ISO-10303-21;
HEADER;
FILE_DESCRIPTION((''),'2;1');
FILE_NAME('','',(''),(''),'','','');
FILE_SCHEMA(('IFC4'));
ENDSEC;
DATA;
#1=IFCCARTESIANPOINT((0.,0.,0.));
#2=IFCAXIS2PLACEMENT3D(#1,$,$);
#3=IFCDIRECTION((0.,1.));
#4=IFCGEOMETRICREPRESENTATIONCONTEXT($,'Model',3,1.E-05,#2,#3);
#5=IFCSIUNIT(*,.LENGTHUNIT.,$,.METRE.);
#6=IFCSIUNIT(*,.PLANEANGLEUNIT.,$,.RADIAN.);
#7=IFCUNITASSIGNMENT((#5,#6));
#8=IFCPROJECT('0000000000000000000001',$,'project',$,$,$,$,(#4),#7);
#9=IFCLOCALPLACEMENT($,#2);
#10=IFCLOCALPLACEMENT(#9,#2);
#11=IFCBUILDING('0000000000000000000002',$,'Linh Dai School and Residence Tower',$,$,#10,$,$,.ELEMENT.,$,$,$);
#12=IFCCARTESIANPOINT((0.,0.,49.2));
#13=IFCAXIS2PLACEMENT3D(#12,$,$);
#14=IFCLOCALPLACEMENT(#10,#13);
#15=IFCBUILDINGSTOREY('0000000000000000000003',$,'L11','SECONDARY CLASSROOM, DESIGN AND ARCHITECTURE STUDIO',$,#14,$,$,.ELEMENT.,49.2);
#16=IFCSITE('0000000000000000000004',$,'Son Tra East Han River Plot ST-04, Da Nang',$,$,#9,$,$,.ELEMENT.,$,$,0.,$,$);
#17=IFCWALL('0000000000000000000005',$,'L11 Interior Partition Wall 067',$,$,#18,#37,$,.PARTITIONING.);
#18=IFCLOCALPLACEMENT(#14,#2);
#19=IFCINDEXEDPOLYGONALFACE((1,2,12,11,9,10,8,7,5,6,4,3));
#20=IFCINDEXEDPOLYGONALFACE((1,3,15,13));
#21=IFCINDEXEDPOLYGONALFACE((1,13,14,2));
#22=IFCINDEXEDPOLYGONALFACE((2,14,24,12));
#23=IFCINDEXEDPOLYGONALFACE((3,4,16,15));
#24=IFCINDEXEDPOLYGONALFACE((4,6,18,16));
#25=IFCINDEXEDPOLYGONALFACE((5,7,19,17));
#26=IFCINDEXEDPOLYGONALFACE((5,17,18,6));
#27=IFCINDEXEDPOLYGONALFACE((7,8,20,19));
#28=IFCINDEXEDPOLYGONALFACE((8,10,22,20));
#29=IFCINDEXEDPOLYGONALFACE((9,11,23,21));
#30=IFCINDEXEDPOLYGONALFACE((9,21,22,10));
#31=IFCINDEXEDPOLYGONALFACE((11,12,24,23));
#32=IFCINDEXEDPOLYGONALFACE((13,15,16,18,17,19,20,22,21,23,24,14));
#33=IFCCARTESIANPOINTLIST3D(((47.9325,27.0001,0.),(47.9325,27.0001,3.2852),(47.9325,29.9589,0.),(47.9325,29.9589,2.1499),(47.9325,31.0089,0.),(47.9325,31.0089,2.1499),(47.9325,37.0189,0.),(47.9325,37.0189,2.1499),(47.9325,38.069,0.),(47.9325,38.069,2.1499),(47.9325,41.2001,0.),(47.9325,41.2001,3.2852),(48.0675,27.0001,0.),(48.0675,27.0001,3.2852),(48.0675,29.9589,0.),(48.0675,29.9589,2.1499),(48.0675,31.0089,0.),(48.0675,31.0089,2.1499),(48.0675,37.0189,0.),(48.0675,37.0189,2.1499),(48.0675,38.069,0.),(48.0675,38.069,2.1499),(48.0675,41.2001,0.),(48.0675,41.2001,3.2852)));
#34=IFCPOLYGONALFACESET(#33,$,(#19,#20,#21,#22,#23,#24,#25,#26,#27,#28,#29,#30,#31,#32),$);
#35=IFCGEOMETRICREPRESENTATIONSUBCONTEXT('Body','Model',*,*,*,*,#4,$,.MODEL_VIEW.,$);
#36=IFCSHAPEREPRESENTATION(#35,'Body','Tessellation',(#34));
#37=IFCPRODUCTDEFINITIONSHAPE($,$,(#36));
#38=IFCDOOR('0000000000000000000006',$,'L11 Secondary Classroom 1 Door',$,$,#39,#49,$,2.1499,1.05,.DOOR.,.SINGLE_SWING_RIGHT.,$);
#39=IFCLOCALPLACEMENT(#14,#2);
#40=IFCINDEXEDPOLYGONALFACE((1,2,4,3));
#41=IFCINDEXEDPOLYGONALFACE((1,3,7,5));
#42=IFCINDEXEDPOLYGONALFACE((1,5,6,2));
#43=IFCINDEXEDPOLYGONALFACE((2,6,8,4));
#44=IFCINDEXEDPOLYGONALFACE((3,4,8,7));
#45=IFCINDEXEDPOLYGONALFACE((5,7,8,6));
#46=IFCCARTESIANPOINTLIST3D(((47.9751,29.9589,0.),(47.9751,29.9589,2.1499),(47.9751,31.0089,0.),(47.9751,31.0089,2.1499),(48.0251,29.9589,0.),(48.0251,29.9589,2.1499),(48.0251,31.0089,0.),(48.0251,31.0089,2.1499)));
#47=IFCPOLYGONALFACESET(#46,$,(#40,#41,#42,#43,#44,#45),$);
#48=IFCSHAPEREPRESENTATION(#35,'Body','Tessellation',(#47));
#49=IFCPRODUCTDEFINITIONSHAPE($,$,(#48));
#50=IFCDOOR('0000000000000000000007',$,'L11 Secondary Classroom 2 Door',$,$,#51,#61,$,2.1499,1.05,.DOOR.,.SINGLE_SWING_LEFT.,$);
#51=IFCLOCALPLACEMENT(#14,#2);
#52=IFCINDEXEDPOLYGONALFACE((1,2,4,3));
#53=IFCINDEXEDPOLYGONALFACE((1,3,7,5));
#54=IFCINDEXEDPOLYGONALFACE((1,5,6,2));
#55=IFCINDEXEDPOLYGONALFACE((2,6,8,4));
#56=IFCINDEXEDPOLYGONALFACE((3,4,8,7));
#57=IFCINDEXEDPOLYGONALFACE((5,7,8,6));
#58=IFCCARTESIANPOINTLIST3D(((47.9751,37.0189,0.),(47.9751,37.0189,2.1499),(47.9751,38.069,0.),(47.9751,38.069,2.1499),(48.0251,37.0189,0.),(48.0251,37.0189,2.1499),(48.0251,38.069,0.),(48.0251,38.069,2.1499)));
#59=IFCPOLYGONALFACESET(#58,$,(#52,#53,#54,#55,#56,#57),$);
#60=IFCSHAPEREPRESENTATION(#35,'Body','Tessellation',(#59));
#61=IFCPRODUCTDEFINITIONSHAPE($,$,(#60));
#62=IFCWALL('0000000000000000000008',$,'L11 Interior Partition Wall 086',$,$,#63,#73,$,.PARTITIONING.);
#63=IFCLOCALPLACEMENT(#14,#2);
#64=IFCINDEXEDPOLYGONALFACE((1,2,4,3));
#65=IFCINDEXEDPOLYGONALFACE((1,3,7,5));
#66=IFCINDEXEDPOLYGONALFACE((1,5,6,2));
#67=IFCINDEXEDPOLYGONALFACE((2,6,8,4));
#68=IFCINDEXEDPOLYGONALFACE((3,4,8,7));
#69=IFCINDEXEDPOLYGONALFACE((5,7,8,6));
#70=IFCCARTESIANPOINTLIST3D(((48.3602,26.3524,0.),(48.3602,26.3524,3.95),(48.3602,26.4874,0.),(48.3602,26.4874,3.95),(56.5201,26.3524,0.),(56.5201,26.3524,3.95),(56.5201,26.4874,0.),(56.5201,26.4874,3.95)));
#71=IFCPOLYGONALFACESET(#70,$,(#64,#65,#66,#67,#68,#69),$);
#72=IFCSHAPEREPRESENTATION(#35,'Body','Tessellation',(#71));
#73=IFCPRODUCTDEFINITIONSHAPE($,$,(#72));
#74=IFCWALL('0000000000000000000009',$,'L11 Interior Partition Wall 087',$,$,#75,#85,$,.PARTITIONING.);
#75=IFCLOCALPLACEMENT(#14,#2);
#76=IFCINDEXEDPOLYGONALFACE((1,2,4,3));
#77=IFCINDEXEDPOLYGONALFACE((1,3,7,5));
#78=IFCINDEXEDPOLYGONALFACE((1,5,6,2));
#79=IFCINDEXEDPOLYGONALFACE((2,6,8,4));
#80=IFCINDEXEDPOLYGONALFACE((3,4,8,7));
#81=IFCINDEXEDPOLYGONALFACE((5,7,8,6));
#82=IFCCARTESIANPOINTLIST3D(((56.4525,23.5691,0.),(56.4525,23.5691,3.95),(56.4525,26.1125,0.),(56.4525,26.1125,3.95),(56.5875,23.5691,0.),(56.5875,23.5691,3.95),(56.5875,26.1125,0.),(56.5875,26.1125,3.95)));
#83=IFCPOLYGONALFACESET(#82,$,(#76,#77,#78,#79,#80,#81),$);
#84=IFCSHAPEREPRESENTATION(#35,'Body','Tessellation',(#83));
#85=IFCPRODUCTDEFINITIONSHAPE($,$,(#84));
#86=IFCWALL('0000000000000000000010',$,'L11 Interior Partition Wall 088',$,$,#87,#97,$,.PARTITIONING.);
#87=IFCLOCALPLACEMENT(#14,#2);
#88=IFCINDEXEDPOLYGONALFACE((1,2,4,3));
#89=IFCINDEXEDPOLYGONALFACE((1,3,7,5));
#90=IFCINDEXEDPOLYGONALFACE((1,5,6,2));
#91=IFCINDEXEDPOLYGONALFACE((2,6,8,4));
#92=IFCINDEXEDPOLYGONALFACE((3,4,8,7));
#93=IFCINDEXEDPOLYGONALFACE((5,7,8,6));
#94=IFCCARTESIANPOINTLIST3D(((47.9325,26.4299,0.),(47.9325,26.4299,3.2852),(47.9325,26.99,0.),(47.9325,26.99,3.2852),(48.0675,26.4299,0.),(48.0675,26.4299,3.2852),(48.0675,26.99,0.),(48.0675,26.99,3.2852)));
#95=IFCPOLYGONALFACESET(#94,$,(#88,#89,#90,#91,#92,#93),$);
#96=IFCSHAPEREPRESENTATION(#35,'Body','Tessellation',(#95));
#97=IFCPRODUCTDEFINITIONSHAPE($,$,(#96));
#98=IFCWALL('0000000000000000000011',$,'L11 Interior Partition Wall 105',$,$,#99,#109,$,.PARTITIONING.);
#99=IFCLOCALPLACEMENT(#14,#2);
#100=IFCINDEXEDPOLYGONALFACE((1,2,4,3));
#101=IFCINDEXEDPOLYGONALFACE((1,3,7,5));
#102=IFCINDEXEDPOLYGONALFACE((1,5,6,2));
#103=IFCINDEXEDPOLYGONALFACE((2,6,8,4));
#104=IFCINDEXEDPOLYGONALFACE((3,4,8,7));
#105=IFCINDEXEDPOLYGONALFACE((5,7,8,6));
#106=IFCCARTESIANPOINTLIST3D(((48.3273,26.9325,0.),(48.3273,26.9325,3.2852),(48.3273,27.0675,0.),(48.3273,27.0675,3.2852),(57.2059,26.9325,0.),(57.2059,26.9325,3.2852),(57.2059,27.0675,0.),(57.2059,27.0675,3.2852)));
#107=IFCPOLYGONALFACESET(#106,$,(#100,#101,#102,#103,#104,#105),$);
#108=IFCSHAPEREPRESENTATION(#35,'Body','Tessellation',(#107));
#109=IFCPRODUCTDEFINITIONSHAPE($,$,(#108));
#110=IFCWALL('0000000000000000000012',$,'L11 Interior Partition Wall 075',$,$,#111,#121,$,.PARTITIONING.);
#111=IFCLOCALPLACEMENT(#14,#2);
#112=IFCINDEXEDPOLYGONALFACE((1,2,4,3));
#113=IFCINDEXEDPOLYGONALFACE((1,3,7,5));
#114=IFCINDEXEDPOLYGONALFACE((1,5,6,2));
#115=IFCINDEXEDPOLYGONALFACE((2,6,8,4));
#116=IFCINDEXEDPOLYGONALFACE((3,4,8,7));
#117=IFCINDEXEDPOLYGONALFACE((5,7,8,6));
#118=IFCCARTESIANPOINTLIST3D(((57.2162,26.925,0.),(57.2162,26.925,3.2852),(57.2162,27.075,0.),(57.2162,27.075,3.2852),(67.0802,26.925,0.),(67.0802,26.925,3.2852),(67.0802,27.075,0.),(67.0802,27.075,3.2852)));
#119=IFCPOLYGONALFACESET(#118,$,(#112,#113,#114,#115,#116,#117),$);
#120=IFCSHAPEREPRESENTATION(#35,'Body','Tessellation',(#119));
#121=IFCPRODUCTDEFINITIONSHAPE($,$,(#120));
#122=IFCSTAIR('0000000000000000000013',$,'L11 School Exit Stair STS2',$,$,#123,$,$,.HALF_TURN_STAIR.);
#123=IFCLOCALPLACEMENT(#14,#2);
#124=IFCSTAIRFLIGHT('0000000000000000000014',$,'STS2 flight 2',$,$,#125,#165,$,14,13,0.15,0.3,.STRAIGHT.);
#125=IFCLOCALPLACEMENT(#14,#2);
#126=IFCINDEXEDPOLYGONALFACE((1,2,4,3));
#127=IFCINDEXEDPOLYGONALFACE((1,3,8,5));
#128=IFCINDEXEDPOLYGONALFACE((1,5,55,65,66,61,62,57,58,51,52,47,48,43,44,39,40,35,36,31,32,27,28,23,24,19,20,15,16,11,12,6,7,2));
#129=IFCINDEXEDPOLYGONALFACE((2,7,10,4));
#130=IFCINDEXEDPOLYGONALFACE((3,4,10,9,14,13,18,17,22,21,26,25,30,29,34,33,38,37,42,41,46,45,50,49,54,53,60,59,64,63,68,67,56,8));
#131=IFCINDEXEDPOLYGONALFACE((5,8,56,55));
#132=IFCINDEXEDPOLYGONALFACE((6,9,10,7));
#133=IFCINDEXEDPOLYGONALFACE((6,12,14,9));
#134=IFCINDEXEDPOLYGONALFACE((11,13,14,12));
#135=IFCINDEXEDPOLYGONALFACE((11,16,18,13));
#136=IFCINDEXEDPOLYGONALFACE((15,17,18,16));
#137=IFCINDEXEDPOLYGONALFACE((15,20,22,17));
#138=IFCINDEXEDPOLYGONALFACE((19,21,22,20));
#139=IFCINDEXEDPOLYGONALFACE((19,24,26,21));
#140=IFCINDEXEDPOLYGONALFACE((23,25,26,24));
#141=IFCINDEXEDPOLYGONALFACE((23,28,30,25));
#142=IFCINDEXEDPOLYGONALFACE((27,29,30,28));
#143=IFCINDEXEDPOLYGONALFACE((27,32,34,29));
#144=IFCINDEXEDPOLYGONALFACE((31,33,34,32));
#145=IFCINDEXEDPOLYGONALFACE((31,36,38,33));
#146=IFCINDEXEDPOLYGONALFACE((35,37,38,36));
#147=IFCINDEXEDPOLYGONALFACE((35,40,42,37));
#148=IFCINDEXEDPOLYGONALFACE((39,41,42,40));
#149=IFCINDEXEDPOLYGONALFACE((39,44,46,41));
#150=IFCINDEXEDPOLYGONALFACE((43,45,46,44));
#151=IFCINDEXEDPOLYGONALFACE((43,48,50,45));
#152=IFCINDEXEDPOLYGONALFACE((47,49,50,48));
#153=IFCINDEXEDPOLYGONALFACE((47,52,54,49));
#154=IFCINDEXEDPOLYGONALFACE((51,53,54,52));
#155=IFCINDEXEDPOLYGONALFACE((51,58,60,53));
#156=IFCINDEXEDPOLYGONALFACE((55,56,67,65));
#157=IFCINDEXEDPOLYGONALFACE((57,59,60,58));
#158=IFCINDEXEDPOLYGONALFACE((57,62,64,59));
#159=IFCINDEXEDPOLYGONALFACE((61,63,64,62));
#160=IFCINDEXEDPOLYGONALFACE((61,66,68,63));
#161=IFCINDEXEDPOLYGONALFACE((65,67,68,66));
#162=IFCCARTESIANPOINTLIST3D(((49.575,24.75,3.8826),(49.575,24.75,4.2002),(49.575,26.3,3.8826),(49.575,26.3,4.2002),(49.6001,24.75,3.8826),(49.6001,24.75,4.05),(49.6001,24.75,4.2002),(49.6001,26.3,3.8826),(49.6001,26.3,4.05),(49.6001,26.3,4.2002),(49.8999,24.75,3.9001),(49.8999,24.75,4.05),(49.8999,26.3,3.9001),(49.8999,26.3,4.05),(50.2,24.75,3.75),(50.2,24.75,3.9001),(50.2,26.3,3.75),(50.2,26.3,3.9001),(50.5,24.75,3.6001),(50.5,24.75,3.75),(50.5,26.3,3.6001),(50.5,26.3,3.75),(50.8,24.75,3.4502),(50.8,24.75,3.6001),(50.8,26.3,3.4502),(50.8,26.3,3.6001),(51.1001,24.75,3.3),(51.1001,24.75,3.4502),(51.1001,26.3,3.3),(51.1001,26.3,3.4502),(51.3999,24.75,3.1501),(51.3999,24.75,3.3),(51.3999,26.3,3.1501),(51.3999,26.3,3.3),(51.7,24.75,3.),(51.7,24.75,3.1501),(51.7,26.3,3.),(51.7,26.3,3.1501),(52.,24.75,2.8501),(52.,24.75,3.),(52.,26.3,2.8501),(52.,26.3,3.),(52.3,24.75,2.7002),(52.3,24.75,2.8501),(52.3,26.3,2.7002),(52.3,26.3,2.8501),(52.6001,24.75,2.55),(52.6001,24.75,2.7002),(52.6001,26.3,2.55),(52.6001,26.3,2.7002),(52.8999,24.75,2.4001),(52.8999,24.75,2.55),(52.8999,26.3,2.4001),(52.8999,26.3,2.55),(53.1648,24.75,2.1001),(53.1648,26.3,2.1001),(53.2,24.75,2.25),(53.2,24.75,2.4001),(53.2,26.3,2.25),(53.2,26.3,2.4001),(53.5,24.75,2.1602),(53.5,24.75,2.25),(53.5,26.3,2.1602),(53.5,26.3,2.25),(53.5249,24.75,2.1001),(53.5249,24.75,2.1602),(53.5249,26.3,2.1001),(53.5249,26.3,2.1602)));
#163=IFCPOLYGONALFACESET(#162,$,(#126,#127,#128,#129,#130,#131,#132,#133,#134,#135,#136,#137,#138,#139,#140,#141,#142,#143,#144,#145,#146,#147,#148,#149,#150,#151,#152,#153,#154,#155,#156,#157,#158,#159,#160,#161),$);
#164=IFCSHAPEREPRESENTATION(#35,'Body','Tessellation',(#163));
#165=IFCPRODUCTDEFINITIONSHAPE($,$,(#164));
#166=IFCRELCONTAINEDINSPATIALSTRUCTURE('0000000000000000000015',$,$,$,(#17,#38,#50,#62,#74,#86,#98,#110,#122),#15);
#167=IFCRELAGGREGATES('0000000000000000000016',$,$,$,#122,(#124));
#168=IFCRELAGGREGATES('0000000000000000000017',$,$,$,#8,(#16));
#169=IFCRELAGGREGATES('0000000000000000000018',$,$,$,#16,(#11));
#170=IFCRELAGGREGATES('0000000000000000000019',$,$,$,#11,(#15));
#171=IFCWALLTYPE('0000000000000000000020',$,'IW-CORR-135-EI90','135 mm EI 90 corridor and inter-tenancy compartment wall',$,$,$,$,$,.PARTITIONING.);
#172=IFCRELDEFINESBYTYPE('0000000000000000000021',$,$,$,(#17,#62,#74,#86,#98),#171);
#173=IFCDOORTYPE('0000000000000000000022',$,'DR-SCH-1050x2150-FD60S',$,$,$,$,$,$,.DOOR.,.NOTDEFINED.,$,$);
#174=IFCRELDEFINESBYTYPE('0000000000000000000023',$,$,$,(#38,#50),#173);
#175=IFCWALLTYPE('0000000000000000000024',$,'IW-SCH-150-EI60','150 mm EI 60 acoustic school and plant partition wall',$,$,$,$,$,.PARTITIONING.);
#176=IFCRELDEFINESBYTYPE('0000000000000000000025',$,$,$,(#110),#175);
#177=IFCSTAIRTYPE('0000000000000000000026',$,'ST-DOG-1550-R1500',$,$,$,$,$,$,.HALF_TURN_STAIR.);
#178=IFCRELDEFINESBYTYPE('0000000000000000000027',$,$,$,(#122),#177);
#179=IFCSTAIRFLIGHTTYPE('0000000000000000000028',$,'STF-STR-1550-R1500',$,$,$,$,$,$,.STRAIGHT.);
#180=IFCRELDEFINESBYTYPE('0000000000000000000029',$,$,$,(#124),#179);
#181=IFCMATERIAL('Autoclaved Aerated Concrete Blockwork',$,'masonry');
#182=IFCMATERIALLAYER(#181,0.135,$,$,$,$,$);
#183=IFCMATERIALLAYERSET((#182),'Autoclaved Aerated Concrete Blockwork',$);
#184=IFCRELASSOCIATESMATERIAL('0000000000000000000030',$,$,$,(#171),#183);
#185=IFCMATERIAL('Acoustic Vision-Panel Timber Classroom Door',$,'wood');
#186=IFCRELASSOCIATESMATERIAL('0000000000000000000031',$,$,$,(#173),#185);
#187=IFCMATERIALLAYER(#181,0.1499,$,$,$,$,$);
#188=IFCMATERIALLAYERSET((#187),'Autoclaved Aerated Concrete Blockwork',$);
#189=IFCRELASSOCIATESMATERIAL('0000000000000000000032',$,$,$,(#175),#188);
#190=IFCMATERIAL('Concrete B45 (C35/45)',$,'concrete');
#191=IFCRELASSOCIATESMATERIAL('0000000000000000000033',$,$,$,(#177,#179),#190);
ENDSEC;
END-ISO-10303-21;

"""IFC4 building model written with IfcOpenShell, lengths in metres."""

from ifc_helpers import new_model, si_unit, direction, frame, frame_2d, origin, origin_2d, place, context, subcontext, project, spatial, polyline, rectangle, outline, extrude, source, transform, mapped, material, layer, layer_set, type_object, element, fill, aggregate, save


model = new_model("IFC4")

# Units and contexts
model_context = context("Model", 3, precision=1e-05, world=origin(), true_north=direction((0.0, 1.0)))
body_context = subcontext(model_context, "Body", "Model", "MODEL_VIEW")
ifc_project = project(units=[si_unit("LENGTHUNIT", "METRE"), si_unit("PLANEANGLEUNIT", "RADIAN")], contexts=[model_context])

# Site, building, storey
site_placement = place(None, origin())
site = spatial("IfcSite", under=ifc_project, at=site_placement, Name="Son Tra East Han River Plot ST-04, Da Nang", CompositionType="ELEMENT", RefElevation=0.0)
building_placement = place(site_placement, origin())
building = spatial("IfcBuilding", under=site, at=building_placement, Name="Linh Dai School and Residence Tower", CompositionType="ELEMENT")
storey_placement = place(building_placement, frame((0.0, 0.0, 49.2)))
storey = spatial("IfcBuildingStorey", under=building, at=storey_placement, Name="L11", Description="SECONDARY CLASSROOM, DESIGN AND ARCHITECTURE STUDIO", CompositionType="ELEMENT", Elevation=49.2)

# Wall, openings, doors
ifc_material_1 = material(Name="Autoclaved Aerated Concrete Blockwork", Category="masonry")
ifc_layer_1 = layer(ifc_material_1, 0.135)
ifc_layer_set_1 = layer_set([ifc_layer_1], Name="Autoclaved Aerated Concrete Blockwork")
wall_type_1 = type_object("IfcWallType", Name="IW-CORR-135-EI90", Description="135 mm EI 90 corridor and inter-tenancy compartment wall", PredefinedType="PARTITIONING", material=ifc_layer_set_1)
wall_1_placement = place(storey_placement, frame((48.0, 27.0, 0.0), z_axis=(0.0, 0.0, 1.0), x_axis=(0.0, 1.0, 0.0)))
wall_1 = element("IfcWall", 1, at=wall_1_placement, inside=storey, type_object=wall_type_1, Name="L11 Interior Partition Wall 067", PredefinedType="PARTITIONING", context=body_context, shape_type="SweptSolid", body=[
    extrude(rectangle(XDim=14.2, YDim=0.135, at=frame_2d((7.1001, 0.0))), origin(), (0.0, 0.0, 1.0), 3.2852),
])
opening_1_placement = place(wall_1_placement, frame((2.959, 0.0, 0.0)))
opening_1 = element("IfcOpeningElement", 2, at=opening_1_placement, cuts=wall_1, PredefinedType="OPENING", context=body_context, shape_type="SweptSolid", body=[
    extrude(rectangle(XDim=1.05, YDim=2.1499, at=origin_2d()), frame((0.5249, 0.0776, 1.075), z_axis=(0.0, -1.0, 0.0), x_axis=(1.0, 0.0, 0.0)), (0.0, 0.0, 1.0), 0.155),
])
opening_2_placement = place(wall_1_placement, frame((10.019, 0.0, 0.0)))
opening_2 = element("IfcOpeningElement", 3, at=opening_2_placement, cuts=wall_1, PredefinedType="OPENING", context=body_context, shape_type="SweptSolid", body=[
    extrude(rectangle(XDim=1.05, YDim=2.1499, at=origin_2d()), frame((0.5249, 0.0776, 1.075), z_axis=(0.0, -1.0, 0.0), x_axis=(1.0, 0.0, 0.0)), (0.0, 0.0, 1.0), 0.155),
])
ifc_material_2 = material(Name="Acoustic Vision-Panel Timber Classroom Door", Category="wood")
door_type = type_object("IfcDoorType", Name="DR-SCH-1050x2150-FD60S", OperationType="NOTDEFINED", PredefinedType="DOOR", material=ifc_material_2)
shared_shape_1 = source(origin(), body_context, "Body", "SweptSolid", [
    extrude(rectangle(XDim=1.05, YDim=2.1499, at=origin_2d()), frame((0.5249, 0.0249, 1.075), z_axis=(0.0, -1.0, 0.0), x_axis=(1.0, 0.0, 0.0)), (0.0, 0.0, 1.0), 0.05),
])
door_1_placement = place(opening_1_placement, origin())
door_1 = element("IfcDoor", 4, at=door_1_placement, inside=storey, type_object=door_type, Name="L11 Secondary Classroom 1 Door", OperationType="SINGLE_SWING_RIGHT", OverallHeight=2.1499, OverallWidth=1.05, PredefinedType="DOOR", context=body_context, shape_type="MappedRepresentation", body=[
    mapped(shared_shape_1, transform((0.0, 0.0, 0.0), x_axis=(1.0, 0.0, 0.0), y_axis=(0.0, 1.0, 0.0), z_axis=(0.0, 0.0, 1.0), scale=1.0)),
])
fill(opening_1, door_1)
door_2_placement = place(opening_2_placement, origin())
door_2 = element("IfcDoor", 5, at=door_2_placement, inside=storey, type_object=door_type, Name="L11 Secondary Classroom 2 Door", OperationType="SINGLE_SWING_LEFT", OverallHeight=2.1499, OverallWidth=1.05, PredefinedType="DOOR", context=body_context, shape_type="MappedRepresentation", body=[
    mapped(shared_shape_1, transform((0.0, 0.0, 0.0), x_axis=(1.0, 0.0, 0.0), y_axis=(0.0, 1.0, 0.0), z_axis=(0.0, 0.0, 1.0), scale=1.0)),
])
fill(opening_2, door_2)

# Walls
wall_2_placement = place(storey_placement, frame((48.3601, 26.4199, 0.0), z_axis=(0.0, 0.0, 1.0), x_axis=(1.0, 0.0, 0.0)))
element("IfcWall", 6, at=wall_2_placement, inside=storey, type_object=wall_type_1, Name="L11 Interior Partition Wall 086", PredefinedType="PARTITIONING", context=body_context, shape_type="SweptSolid", body=[
    extrude(rectangle(XDim=8.1599, YDim=0.135, at=frame_2d((4.0801, 0.0))), origin(), (0.0, 0.0, 1.0), 3.95),
])
wall_3_placement = place(storey_placement, frame((56.52, 26.1125, 0.0), z_axis=(0.0, 0.0, 1.0), x_axis=(0.0, -1.0, 0.0)))
element("IfcWall", 7, at=wall_3_placement, inside=storey, type_object=wall_type_1, Name="L11 Interior Partition Wall 087", PredefinedType="PARTITIONING", context=body_context, shape_type="SweptSolid", body=[
    extrude(rectangle(XDim=2.5435, YDim=0.135, at=frame_2d((1.2717, 0.0))), origin(), (0.0, 0.0, 1.0), 3.95),
])
wall_4_placement = place(storey_placement, frame((48.0, 26.99, 0.0), z_axis=(0.0, 0.0, 1.0), x_axis=(0.0, -1.0, 0.0)))
element("IfcWall", 8, at=wall_4_placement, inside=storey, type_object=wall_type_1, Name="L11 Interior Partition Wall 088", PredefinedType="PARTITIONING", context=body_context, shape_type="SweptSolid", body=[
    extrude(rectangle(XDim=0.5601, YDim=0.135, at=frame_2d((0.28, 0.0))), origin(), (0.0, 0.0, 1.0), 3.2852),
])
wall_5_placement = place(storey_placement, frame((57.2061, 27.0, 0.0), z_axis=(0.0, 0.0, 1.0), x_axis=(-1.0, 0.0, 0.0)))
element("IfcWall", 9, at=wall_5_placement, inside=storey, type_object=wall_type_1, Name="L11 Interior Partition Wall 105", PredefinedType="PARTITIONING", context=body_context, shape_type="SweptSolid", body=[
    extrude(rectangle(XDim=8.8787, YDim=0.135, at=frame_2d((4.4395, 0.0))), origin(), (0.0, 0.0, 1.0), 3.2852),
])
ifc_layer_2 = layer(ifc_material_1, 0.1499)
ifc_layer_set_2 = layer_set([ifc_layer_2], Name="Autoclaved Aerated Concrete Blockwork")
wall_type_2 = type_object("IfcWallType", Name="IW-SCH-150-EI60", Description="150 mm EI 60 acoustic school and plant partition wall", PredefinedType="PARTITIONING", material=ifc_layer_set_2)
wall_6_placement = place(storey_placement, frame((57.2161, 27.0, 0.0), z_axis=(0.0, 0.0, 1.0), x_axis=(1.0, 0.0, 0.0)))
element("IfcWall", 10, at=wall_6_placement, inside=storey, type_object=wall_type_2, Name="L11 Interior Partition Wall 075", PredefinedType="PARTITIONING", context=body_context, shape_type="SweptSolid", body=[
    extrude(rectangle(XDim=9.864, YDim=0.1499, at=frame_2d((4.9321, 0.0))), origin(), (0.0, 0.0, 1.0), 3.2852),
])

# Stair, stair flight
ifc_material_3 = material(Name="Concrete B45 (C35/45)", Category="concrete")
stair_type = type_object("IfcStairType", Name="ST-DOG-1550-R1500", PredefinedType="HALF_TURN_STAIR", material=ifc_material_3)
stair_placement = place(storey_placement, origin())
stair = element("IfcStair", 11, at=stair_placement, inside=storey, type_object=stair_type, Name="L11 School Exit Stair STS2", PredefinedType="HALF_TURN_STAIR")
stair_flight_type = type_object("IfcStairFlightType", Name="STF-STR-1550-R1500", PredefinedType="STRAIGHT", material=ifc_material_3)
shared_shape_2 = source(origin(), body_context, "Body", "SweptSolid", [
    extrude(outline(polyline([(-0.0249, 0.0), (-0.0249, 0.0601), (0.0, 0.0601), (0.0, 0.1499), (0.3, 0.1499), (0.3, 0.3), (0.6001, 0.3), (0.6001, 0.45), (0.8999, 0.45), (0.8999, 0.6001), (1.2, 0.6001), (1.2, 0.75), (1.5, 0.75), (1.5, 0.8999), (1.8, 0.8999), (1.8, 1.05), (2.1001, 1.05), (2.1001, 1.2), (2.3999, 1.2), (2.3999, 1.3501), (2.7, 1.3501), (2.7, 1.5), (3.0, 1.5), (3.0, 1.6499), (3.3, 1.6499), (3.3, 1.8), (3.6001, 1.8), (3.6001, 1.95), (3.8999, 1.95), (3.8999, 2.1001), (3.925, 2.1001), (3.925, 1.7825), (3.8999, 1.7825), (0.3352, 0.0), (-0.0249, 0.0)])), frame((0.0, 0.7749, 0.0), z_axis=(0.0, -1.0, 0.0), x_axis=(1.0, 0.0, 0.0)), (0.0, 0.0, 1.0), 1.55),
])
stair_flight_placement = place(storey_placement, frame((53.5, 25.5249, 2.1001), z_axis=(0.0, 0.0, 1.0), x_axis=(-1.0, 0.0, 0.0)))
stair_flight = element("IfcStairFlight", 12, at=stair_flight_placement, type_object=stair_flight_type, Name="STS2 flight 2", NumberOfRisers=14, NumberOfTreads=13, PredefinedType="STRAIGHT", RiserHeight=0.15, TreadLength=0.3, context=body_context, shape_type="MappedRepresentation", body=[
    mapped(shared_shape_2, transform((0.0, 0.0, 0.0), x_axis=(1.0, 0.0, 0.0), y_axis=(0.0, 1.0, 0.0), z_axis=(0.0, 0.0, 1.0), scale=1.0)),
])
aggregate(stair, [stair_flight])

save(model, "model.ifc")
